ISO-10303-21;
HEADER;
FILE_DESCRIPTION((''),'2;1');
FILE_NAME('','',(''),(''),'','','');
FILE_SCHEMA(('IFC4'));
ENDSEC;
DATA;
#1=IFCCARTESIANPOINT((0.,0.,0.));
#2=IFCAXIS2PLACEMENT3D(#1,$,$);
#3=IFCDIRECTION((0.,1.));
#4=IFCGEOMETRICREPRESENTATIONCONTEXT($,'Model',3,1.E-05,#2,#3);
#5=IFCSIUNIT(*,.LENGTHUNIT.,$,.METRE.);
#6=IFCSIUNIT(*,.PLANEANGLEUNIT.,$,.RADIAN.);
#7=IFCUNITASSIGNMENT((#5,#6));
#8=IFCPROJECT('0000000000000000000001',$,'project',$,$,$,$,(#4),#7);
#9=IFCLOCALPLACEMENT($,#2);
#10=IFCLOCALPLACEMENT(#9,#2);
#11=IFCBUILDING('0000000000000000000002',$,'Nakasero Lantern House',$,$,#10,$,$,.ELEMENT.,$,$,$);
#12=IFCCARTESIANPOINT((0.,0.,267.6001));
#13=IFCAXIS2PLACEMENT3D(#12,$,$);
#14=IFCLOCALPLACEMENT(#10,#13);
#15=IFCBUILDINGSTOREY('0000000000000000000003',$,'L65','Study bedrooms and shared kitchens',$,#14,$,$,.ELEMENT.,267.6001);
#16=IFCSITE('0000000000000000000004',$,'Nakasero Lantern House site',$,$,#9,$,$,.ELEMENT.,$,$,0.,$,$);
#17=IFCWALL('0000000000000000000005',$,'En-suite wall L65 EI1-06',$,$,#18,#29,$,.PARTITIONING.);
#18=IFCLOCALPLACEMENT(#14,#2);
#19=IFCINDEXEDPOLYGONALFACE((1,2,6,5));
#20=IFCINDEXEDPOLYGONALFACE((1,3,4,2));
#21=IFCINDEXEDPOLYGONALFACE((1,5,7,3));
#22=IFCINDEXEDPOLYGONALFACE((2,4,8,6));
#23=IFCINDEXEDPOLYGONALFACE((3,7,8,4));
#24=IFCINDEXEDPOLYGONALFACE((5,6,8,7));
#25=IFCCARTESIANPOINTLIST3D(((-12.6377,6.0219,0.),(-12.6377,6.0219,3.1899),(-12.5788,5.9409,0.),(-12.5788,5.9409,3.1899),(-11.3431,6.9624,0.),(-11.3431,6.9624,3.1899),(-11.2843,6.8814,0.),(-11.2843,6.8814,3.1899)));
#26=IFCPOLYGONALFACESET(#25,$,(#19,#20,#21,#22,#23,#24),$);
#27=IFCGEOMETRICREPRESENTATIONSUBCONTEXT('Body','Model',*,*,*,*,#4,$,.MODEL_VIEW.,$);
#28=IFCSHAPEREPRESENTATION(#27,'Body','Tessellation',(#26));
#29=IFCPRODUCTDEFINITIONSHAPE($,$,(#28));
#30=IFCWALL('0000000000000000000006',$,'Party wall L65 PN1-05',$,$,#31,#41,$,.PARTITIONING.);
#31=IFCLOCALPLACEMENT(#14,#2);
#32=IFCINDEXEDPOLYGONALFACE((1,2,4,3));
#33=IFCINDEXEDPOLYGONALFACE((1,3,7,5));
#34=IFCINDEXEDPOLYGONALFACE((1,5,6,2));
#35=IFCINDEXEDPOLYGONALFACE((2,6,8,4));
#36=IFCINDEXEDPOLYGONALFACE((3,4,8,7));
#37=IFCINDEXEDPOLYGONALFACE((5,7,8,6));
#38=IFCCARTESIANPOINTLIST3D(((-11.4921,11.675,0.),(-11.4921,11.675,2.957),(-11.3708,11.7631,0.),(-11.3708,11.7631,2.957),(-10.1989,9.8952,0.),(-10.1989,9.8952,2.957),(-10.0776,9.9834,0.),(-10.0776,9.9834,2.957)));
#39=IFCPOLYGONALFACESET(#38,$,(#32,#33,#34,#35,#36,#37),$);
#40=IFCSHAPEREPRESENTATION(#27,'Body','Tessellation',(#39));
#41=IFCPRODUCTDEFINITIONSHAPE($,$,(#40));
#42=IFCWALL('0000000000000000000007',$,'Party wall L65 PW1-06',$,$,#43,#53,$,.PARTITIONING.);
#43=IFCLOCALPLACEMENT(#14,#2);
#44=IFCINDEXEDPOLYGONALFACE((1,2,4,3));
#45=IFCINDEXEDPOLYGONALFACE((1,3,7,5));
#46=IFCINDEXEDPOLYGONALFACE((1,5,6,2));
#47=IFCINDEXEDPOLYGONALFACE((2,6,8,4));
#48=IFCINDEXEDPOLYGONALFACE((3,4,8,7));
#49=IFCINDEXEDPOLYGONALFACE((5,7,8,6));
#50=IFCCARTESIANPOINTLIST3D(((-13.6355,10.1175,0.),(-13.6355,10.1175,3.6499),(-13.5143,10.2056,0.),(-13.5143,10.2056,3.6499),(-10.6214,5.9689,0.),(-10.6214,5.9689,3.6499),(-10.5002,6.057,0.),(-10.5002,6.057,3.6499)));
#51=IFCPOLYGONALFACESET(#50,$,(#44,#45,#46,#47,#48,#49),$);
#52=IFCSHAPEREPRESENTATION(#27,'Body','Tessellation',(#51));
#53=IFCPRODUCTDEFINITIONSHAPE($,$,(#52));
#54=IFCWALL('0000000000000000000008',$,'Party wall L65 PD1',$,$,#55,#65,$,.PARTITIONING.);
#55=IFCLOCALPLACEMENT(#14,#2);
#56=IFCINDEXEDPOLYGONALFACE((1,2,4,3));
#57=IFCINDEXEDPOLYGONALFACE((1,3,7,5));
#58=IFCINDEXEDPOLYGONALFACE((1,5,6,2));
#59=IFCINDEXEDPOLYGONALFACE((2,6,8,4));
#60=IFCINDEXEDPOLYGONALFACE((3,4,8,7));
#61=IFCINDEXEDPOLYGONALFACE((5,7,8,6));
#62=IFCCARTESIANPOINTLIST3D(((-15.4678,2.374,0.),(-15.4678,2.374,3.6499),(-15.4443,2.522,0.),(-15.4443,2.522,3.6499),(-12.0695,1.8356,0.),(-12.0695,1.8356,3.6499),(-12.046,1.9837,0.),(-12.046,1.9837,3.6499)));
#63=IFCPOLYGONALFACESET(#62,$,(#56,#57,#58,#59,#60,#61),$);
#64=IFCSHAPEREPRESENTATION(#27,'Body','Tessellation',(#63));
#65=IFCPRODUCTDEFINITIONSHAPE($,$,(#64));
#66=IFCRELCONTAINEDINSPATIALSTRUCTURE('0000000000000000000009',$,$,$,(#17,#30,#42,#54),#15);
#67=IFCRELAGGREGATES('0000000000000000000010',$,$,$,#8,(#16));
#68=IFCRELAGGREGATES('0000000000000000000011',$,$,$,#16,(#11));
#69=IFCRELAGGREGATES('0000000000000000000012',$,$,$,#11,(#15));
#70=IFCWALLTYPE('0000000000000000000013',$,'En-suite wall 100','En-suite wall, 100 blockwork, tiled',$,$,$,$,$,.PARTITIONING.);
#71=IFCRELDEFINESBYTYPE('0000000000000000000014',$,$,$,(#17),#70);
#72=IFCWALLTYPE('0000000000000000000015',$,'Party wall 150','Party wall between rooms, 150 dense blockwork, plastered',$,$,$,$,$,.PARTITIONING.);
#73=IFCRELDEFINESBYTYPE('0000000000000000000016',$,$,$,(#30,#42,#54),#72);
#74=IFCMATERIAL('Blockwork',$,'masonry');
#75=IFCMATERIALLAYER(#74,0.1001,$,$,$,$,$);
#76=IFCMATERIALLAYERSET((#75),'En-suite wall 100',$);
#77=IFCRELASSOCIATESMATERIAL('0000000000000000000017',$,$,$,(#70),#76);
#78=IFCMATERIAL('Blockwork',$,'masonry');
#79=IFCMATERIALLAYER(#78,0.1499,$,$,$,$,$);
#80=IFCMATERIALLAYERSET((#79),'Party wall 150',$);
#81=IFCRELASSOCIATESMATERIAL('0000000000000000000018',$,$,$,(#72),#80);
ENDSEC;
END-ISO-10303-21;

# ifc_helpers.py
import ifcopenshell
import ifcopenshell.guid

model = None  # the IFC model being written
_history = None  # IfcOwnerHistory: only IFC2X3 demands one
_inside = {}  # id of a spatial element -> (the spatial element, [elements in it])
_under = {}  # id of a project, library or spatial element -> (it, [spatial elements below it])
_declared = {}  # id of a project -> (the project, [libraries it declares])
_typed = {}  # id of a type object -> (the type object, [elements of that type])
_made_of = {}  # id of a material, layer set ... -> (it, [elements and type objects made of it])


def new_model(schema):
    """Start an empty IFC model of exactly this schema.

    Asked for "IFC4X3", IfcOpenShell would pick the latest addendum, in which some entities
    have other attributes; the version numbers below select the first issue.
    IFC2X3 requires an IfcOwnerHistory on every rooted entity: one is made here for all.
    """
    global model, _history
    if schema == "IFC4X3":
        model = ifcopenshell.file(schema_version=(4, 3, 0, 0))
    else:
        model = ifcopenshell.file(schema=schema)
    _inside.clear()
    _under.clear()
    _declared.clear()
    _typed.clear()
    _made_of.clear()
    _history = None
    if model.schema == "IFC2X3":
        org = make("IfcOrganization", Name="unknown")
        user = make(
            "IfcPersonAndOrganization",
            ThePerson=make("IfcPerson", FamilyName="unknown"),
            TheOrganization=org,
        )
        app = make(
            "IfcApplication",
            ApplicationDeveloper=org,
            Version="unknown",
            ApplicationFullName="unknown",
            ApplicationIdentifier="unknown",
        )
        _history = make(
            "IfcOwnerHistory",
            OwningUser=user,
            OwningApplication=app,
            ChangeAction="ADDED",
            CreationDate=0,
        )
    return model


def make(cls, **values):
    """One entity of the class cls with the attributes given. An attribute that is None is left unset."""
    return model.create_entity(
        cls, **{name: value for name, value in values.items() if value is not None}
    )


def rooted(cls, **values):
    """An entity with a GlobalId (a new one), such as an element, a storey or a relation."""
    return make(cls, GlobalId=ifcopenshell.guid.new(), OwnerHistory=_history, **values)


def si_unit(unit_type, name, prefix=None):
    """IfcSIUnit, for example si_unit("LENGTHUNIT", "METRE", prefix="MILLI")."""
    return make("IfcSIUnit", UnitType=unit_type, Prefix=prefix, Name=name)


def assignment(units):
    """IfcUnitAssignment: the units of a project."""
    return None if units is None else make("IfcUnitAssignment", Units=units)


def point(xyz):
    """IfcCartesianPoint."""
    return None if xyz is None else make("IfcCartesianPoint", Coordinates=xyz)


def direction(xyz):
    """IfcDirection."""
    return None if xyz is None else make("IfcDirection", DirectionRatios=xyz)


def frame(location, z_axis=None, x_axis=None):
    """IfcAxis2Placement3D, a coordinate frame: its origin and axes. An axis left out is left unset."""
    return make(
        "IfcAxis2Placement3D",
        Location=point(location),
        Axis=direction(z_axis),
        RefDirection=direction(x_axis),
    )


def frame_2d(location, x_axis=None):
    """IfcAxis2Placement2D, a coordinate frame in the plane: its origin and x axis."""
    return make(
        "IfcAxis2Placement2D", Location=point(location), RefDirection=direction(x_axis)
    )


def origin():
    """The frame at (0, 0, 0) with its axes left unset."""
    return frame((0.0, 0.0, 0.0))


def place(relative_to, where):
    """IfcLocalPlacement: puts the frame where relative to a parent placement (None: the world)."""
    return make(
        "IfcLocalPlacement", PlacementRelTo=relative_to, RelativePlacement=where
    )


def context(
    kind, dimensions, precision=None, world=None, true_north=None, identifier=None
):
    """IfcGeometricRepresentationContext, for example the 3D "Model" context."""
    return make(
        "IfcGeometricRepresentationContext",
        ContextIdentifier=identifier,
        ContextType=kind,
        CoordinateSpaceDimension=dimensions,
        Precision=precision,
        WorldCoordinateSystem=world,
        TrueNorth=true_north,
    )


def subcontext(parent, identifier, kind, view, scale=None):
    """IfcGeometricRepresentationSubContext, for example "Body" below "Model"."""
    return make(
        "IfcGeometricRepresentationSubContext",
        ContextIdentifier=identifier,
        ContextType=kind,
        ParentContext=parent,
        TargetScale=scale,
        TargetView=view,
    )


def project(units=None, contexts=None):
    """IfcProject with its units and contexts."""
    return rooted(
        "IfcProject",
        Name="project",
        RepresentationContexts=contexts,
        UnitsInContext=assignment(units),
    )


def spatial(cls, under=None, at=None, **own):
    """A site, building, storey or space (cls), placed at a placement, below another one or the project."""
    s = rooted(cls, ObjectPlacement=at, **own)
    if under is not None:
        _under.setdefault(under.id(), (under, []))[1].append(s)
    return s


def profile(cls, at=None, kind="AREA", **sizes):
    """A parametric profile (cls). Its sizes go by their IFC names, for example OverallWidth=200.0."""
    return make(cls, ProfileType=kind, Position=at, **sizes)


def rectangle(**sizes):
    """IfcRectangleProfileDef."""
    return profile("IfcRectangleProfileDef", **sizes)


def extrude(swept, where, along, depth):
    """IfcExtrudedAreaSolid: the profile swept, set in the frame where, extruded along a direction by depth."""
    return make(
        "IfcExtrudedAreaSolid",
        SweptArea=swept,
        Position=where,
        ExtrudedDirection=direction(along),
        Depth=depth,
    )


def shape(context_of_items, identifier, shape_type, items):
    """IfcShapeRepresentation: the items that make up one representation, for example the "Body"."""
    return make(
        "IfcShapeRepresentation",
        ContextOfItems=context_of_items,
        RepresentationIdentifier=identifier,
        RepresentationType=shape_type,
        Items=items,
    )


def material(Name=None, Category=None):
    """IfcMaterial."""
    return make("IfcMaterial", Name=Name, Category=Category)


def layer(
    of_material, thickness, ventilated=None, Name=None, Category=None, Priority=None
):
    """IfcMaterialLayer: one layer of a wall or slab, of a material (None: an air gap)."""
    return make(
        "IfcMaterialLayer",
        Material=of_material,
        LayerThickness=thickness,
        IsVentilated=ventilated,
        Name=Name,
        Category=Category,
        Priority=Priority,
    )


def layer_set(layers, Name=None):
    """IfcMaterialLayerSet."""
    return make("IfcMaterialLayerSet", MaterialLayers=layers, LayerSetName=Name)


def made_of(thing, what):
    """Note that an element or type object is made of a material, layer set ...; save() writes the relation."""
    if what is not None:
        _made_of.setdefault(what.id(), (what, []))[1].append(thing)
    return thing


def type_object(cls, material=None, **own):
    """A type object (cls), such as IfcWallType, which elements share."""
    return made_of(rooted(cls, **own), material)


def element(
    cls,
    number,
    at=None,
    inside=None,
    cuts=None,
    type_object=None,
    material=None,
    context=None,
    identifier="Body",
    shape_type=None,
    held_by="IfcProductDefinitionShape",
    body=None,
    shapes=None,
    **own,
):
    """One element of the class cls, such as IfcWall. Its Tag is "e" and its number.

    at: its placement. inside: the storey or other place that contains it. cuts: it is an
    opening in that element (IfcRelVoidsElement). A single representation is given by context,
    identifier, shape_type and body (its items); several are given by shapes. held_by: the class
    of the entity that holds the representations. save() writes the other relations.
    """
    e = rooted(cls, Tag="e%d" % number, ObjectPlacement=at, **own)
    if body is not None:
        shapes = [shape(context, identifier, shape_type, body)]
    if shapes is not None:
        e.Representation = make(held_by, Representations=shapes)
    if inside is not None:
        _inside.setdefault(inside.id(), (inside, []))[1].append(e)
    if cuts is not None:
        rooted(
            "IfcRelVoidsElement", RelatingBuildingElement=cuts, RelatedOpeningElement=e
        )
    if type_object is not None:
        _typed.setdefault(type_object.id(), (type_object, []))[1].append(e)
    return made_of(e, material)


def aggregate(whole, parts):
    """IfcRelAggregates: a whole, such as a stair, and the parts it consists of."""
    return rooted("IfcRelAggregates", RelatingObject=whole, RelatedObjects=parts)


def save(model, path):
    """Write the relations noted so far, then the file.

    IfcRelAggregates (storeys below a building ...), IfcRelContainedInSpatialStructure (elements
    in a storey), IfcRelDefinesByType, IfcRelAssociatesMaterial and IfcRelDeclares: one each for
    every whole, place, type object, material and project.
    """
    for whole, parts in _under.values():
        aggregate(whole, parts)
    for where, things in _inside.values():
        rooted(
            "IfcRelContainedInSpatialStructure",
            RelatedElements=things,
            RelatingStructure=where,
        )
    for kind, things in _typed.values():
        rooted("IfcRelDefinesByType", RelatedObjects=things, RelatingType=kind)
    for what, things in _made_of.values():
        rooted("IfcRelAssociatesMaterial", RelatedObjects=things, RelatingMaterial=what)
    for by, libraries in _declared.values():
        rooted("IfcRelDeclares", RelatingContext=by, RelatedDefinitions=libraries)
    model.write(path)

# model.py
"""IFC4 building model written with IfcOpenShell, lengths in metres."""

from ifc_helpers import new_model, si_unit, direction, frame, frame_2d, origin, place, context, subcontext, project, spatial, rectangle, extrude, material, layer, layer_set, type_object, element, save


model = new_model("IFC4")

# Units and contexts
model_context = context("Model", 3, precision=1e-05, world=origin(), true_north=direction((0.0, 1.0)))
body_context = subcontext(model_context, "Body", "Model", "MODEL_VIEW")
ifc_project = project(units=[si_unit("LENGTHUNIT", "METRE"), si_unit("PLANEANGLEUNIT", "RADIAN")], contexts=[model_context])

# Site, building, storey
site_placement = place(None, origin())
site = spatial("IfcSite", under=ifc_project, at=site_placement, Name="Nakasero Lantern House site", CompositionType="ELEMENT", RefElevation=0.0)
building_placement = place(site_placement, origin())
building = spatial("IfcBuilding", under=site, at=building_placement, Name="Nakasero Lantern House", CompositionType="ELEMENT")
storey_placement = place(building_placement, frame((0.0, 0.0, 267.6001)))
storey = spatial("IfcBuildingStorey", under=building, at=storey_placement, Name="L65", Description="Study bedrooms and shared kitchens", CompositionType="ELEMENT", Elevation=267.6001)

# Shared definitions
ifc_material_1 = material(Name="Blockwork", Category="masonry")
ifc_layer_1 = layer(ifc_material_1, 0.1001)
ifc_layer_set_1 = layer_set([ifc_layer_1], Name="En-suite wall 100")
wall_type_1 = type_object("IfcWallType", Name="En-suite wall 100", Description="En-suite wall, 100 blockwork, tiled", PredefinedType="PARTITIONING", material=ifc_layer_set_1)

# Walls
wall_1_placement = place(storey_placement, frame((-11.3137, 6.9219, 0.0), z_axis=(0.0, 0.0, 1.0), x_axis=(-0.809026, -0.587772, 0.0)))
element("IfcWall", 1, at=wall_1_placement, inside=storey, type_object=wall_type_1, Name="En-suite wall L65 EI1-06", PredefinedType="PARTITIONING", context=body_context, shape_type="SweptSolid", body=[
    extrude(rectangle(XDim=1.6001, YDim=0.1001, at=frame_2d((0.8, 0.0))), origin(), (0.0, 0.0, 1.0), 3.1899),
])
ifc_material_2 = material(Name="Blockwork", Category="masonry")
ifc_layer_2 = layer(ifc_material_2, 0.1499)
ifc_layer_set_2 = layer_set([ifc_layer_2], Name="Party wall 150")
wall_type_2 = type_object("IfcWallType", Name="Party wall 150", Description="Party wall between rooms, 150 dense blockwork, plastered", PredefinedType="PARTITIONING", material=ifc_layer_set_2)
wall_2_placement = place(storey_placement, frame((-10.1382, 9.9392, 0.0), z_axis=(0.0, 0.0, 1.0), x_axis=(-0.587822, 0.80899, 0.0)))
element("IfcWall", 2, at=wall_2_placement, inside=storey, type_object=wall_type_2, Name="Party wall L65 PN1-05", PredefinedType="PARTITIONING", context=body_context, shape_type="SweptSolid", body=[
    extrude(rectangle(XDim=2.2, YDim=0.1499, at=frame_2d((1.1001, 0.0))), origin(), (0.0, 0.0, 1.0), 2.957),
])
wall_3_placement = place(storey_placement, frame((-10.5608, 6.0129, 0.0), z_axis=(0.0, 0.0, 1.0), x_axis=(-0.587781, 0.80902, 0.0)))
element("IfcWall", 3, at=wall_3_placement, inside=storey, type_object=wall_type_2, Name="Party wall L65 PW1-06", PredefinedType="PARTITIONING", context=body_context, shape_type="SweptSolid", body=[
    extrude(rectangle(XDim=5.1279, YDim=0.1499, at=frame_2d((2.564, 0.0))), origin(), (0.0, 0.0, 1.0), 3.6499),
])
wall_4_placement = place(storey_placement, frame((-12.0579, 1.9097, 0.0), z_axis=(0.0, 0.0, 1.0), x_axis=(-0.987683, 0.156465, 0.0)))
element("IfcWall", 4, at=wall_4_placement, inside=storey, type_object=wall_type_2, Name="Party wall L65 PD1", PredefinedType="PARTITIONING", context=body_context, shape_type="SweptSolid", body=[
    extrude(rectangle(XDim=3.4407, YDim=0.1499, at=frame_2d((1.7202, 0.0))), origin(), (0.0, 0.0, 1.0), 3.6499),
])

save(model, "model.ifc")
